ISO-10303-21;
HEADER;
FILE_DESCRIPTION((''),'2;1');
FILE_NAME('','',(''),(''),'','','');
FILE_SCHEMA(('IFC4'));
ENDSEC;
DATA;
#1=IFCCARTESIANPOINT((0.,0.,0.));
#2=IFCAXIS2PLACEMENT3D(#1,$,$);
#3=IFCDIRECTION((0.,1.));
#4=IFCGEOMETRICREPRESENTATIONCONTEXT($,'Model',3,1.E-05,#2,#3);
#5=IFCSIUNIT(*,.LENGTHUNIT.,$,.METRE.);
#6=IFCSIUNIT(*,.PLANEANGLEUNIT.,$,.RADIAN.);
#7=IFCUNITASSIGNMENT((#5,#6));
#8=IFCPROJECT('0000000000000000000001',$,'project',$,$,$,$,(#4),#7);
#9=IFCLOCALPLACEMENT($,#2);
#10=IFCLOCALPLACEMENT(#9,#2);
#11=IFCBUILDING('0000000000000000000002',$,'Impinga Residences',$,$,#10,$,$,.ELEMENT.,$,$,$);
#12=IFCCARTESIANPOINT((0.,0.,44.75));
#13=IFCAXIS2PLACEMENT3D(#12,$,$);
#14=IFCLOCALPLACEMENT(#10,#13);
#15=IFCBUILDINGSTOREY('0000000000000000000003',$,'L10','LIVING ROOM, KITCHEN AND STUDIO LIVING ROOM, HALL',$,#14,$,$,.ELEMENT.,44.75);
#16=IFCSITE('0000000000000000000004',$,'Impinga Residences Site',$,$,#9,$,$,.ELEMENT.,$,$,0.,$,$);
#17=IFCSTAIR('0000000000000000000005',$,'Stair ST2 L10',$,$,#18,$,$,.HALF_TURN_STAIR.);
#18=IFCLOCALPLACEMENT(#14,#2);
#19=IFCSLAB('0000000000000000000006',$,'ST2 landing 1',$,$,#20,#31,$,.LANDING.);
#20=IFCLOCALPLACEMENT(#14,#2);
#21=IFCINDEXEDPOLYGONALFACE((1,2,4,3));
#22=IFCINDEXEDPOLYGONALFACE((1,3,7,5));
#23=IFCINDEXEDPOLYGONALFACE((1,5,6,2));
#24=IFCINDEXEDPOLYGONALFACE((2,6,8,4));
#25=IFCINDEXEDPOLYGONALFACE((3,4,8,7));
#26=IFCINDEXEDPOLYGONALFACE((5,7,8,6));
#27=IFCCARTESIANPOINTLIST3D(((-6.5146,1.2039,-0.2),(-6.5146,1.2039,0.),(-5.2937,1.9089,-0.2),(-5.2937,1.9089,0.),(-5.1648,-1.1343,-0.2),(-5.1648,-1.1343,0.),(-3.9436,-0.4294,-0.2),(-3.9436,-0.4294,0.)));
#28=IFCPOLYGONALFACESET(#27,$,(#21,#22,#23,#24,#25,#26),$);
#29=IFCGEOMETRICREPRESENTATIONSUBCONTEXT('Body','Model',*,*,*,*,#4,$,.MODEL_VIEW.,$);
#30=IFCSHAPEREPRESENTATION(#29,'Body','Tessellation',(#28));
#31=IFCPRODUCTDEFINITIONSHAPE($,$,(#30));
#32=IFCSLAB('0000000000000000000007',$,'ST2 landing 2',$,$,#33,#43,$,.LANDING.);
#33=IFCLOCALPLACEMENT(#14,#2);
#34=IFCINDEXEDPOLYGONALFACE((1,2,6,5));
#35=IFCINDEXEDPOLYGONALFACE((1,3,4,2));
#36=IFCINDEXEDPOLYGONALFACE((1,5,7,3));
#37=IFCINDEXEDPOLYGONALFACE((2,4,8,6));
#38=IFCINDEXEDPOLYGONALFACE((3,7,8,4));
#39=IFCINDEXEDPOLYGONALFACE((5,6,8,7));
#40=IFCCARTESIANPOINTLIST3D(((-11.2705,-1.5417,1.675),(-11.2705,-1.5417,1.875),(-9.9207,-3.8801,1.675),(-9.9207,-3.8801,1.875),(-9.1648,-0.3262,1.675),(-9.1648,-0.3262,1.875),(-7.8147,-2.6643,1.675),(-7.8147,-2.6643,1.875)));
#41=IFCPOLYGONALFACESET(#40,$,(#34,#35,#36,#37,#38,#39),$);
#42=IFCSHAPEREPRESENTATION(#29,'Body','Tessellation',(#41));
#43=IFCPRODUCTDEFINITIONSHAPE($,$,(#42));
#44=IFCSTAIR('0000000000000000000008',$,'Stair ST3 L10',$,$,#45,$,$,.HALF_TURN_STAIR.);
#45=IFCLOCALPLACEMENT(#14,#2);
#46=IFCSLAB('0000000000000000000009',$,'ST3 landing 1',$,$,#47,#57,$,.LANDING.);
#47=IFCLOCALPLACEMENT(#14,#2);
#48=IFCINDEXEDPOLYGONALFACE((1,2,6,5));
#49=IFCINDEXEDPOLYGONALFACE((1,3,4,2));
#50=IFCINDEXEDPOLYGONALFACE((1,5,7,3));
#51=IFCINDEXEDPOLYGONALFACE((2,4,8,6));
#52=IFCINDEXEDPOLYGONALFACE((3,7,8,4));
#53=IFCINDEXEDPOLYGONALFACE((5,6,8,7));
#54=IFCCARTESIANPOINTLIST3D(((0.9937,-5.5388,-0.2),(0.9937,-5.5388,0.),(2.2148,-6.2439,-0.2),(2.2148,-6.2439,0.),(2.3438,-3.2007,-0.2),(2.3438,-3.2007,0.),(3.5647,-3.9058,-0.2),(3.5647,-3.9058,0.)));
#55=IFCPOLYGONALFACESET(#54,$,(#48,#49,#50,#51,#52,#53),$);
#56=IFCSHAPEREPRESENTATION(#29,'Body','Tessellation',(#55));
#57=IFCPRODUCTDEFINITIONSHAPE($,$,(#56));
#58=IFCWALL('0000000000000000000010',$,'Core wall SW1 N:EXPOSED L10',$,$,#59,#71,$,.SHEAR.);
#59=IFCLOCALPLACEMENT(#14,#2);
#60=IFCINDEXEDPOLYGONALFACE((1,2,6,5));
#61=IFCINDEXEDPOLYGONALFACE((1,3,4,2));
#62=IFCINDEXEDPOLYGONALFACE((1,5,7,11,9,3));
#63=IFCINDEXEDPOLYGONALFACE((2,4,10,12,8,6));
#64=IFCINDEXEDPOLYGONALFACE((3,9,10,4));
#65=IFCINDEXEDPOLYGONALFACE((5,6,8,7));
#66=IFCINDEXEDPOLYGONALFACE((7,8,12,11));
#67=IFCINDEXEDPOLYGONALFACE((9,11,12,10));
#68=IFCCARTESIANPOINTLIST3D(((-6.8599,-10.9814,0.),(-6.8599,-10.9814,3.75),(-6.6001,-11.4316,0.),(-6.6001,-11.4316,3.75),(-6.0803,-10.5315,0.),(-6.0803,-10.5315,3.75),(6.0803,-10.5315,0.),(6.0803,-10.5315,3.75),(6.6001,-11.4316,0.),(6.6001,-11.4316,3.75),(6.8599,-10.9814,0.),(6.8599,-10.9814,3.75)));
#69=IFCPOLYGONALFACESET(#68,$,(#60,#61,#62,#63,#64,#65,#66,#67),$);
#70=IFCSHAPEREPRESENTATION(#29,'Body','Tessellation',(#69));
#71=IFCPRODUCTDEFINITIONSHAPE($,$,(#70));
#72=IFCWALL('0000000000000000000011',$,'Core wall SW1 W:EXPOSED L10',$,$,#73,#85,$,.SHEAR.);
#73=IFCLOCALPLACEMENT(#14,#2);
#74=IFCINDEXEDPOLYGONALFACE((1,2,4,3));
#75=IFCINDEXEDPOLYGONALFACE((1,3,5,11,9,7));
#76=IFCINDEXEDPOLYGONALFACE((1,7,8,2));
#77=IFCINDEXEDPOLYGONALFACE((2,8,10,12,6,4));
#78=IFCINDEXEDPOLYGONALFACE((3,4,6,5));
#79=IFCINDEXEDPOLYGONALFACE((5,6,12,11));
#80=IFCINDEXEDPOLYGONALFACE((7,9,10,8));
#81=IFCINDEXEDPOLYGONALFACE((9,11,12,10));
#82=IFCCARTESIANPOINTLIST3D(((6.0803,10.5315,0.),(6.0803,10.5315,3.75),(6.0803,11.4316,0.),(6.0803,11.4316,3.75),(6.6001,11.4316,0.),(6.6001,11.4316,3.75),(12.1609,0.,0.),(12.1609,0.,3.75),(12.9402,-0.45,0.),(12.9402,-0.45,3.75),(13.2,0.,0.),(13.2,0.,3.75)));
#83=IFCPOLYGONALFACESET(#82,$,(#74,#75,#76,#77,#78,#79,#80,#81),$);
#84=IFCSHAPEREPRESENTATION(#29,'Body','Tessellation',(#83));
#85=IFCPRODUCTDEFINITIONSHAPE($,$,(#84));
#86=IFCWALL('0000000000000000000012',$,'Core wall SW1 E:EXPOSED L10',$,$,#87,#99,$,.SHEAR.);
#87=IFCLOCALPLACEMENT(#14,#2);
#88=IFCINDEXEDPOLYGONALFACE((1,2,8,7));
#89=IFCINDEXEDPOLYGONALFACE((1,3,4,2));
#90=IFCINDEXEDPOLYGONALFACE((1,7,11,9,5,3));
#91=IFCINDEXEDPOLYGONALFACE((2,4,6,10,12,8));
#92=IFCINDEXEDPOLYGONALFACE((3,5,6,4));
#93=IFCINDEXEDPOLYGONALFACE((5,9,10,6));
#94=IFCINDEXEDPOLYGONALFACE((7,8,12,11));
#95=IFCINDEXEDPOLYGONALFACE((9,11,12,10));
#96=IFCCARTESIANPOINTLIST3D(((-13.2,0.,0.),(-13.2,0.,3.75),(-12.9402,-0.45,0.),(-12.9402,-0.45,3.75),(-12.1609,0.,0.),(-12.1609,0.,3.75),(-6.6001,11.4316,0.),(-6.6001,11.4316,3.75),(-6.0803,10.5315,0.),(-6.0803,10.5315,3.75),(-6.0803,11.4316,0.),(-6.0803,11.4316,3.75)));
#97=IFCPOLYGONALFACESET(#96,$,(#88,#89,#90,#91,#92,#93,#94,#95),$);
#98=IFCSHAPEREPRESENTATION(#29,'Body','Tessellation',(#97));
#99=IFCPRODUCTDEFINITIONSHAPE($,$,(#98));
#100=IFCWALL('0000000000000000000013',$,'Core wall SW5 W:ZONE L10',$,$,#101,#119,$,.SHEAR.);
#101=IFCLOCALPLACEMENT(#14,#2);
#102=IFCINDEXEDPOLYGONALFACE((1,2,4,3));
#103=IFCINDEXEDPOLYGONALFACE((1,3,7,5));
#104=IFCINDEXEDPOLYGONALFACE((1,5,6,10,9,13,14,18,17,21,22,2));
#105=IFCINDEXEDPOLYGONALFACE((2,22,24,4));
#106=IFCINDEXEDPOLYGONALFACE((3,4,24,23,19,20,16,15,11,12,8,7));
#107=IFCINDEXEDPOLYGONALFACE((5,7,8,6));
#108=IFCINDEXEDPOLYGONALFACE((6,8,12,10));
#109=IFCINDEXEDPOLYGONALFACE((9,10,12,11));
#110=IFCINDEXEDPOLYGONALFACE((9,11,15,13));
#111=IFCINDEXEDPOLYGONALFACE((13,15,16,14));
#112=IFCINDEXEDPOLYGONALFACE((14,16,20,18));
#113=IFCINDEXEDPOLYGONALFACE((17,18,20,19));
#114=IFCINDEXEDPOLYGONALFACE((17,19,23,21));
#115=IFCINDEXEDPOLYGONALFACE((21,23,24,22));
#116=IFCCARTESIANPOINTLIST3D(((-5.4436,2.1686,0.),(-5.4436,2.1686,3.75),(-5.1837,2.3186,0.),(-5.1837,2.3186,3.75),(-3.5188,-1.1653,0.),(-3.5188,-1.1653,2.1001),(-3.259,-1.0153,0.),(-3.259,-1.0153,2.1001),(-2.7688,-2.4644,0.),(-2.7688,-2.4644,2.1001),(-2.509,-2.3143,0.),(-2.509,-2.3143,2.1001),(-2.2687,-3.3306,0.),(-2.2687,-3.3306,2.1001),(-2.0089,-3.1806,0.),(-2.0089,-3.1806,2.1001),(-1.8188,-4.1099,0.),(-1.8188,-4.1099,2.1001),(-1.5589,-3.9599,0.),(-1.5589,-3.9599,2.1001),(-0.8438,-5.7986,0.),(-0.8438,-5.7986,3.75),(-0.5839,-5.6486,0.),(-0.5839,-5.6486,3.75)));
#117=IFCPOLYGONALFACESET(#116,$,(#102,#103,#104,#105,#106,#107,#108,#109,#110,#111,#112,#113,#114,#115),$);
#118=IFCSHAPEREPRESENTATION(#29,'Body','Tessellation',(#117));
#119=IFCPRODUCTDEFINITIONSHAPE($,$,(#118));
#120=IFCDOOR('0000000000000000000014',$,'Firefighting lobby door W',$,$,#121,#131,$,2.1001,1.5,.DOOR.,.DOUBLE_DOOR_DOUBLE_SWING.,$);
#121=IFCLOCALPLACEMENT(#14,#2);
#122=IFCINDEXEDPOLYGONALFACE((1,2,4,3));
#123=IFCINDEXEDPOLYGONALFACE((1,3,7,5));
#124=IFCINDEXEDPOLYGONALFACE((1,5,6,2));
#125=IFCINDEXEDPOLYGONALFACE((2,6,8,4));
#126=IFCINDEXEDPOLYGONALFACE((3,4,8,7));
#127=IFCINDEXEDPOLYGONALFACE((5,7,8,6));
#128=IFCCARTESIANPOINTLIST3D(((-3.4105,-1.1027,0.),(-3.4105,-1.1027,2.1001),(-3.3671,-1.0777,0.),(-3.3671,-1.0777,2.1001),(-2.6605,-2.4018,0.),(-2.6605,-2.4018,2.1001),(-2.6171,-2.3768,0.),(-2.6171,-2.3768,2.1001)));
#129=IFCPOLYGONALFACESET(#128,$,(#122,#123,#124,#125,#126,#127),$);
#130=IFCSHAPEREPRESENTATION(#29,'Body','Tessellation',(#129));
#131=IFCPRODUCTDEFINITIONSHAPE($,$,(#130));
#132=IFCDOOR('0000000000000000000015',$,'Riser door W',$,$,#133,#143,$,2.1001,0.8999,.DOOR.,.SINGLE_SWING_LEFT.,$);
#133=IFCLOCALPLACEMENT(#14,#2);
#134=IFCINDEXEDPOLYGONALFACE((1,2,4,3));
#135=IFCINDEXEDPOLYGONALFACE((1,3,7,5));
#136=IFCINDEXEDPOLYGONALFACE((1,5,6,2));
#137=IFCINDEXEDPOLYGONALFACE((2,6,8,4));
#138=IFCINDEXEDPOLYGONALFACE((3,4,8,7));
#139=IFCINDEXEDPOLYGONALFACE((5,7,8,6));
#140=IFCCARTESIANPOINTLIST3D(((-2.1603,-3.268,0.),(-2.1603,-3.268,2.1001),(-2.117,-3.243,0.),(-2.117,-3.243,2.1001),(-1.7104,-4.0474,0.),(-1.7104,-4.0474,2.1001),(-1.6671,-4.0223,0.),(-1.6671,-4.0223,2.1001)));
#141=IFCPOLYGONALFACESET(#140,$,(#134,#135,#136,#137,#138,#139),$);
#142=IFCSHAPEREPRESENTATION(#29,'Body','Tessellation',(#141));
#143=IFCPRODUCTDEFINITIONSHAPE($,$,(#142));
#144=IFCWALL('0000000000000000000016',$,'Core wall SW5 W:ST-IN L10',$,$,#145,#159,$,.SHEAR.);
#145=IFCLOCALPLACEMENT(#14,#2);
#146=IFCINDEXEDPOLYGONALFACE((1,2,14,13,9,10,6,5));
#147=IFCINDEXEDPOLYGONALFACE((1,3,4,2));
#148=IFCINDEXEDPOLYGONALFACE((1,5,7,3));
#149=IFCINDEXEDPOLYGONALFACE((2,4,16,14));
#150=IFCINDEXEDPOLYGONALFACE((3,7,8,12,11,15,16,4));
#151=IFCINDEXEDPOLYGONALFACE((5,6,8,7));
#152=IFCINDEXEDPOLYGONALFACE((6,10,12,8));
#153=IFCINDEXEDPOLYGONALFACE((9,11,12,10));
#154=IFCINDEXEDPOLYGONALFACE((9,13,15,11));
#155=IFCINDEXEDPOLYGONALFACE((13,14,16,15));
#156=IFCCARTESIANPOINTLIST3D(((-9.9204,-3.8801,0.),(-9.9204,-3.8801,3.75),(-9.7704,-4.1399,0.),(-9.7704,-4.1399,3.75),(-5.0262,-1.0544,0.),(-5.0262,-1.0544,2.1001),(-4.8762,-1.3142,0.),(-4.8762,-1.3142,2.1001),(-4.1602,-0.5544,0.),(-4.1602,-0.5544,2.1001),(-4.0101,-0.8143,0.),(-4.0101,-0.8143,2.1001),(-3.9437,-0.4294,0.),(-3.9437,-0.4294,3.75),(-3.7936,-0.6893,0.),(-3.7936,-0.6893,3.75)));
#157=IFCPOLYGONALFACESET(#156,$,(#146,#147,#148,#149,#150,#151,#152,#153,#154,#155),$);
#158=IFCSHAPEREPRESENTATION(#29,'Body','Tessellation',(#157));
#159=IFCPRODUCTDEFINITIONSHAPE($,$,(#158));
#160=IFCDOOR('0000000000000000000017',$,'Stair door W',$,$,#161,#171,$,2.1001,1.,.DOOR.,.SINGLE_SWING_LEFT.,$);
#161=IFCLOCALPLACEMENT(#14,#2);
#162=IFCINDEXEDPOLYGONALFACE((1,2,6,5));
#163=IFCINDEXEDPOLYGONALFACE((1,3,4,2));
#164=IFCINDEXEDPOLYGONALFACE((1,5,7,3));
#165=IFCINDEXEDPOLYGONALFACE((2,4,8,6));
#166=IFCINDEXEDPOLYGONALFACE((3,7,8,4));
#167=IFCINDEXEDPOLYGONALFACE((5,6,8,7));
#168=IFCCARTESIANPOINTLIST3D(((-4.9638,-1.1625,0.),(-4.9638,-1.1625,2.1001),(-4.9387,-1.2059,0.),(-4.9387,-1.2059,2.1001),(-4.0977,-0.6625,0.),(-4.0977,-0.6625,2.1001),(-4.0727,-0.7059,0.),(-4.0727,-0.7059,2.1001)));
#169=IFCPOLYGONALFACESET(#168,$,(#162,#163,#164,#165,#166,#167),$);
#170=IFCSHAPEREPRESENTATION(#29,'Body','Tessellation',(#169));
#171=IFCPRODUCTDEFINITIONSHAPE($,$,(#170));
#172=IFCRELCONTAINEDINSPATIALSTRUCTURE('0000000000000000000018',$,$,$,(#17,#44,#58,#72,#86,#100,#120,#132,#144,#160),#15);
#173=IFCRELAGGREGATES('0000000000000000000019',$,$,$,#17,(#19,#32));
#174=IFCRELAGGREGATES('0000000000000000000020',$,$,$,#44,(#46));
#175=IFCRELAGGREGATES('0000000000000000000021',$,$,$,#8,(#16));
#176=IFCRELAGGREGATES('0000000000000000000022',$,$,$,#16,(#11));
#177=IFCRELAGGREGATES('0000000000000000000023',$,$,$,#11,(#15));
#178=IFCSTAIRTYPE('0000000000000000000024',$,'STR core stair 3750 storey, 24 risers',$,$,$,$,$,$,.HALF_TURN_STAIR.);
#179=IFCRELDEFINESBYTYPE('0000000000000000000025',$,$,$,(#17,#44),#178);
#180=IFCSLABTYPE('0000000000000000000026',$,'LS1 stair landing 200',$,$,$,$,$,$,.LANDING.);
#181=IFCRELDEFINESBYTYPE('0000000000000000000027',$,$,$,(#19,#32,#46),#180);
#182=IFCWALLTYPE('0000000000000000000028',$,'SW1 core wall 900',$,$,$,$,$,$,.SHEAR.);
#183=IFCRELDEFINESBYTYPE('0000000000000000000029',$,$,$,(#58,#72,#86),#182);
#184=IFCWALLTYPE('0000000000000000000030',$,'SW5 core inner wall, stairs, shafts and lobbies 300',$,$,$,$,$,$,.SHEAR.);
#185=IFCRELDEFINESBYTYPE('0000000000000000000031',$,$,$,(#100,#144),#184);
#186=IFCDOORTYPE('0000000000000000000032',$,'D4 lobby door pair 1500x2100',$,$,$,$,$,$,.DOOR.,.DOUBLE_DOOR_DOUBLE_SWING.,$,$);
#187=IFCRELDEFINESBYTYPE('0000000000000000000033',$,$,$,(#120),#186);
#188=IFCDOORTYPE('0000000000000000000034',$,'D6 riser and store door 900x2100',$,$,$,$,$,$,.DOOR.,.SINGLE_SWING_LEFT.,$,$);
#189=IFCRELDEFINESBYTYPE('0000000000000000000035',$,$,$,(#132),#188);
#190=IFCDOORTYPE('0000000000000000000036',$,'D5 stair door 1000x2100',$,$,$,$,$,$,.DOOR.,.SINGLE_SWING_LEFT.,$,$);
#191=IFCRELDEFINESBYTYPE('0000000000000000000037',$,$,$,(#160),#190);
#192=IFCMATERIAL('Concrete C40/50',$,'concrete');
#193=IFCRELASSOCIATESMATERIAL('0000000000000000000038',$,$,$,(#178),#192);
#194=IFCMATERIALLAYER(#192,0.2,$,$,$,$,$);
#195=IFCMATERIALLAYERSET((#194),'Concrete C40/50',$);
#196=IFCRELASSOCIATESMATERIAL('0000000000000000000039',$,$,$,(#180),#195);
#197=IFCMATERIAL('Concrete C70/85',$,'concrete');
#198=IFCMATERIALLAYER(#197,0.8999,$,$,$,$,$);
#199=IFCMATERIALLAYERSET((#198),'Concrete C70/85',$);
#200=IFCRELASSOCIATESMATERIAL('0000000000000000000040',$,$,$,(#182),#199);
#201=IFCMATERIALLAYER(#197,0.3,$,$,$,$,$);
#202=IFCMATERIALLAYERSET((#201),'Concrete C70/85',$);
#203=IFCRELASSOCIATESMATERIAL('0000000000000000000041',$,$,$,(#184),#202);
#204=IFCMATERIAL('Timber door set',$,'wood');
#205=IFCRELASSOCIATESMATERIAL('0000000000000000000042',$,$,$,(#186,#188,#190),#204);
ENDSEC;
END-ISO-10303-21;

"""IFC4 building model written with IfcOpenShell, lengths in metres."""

from ifc_helpers import new_model, si_unit, direction, frame, frame_2d, origin, place, context, subcontext, project, spatial, polyline, rectangle, outline, extrude, material, layer, layer_set, type_object, element, fill, aggregate, save


model = new_model("IFC4")

# Units and contexts
model_context = context("Model", 3, precision=1e-05, world=origin(), true_north=direction((0.0, 1.0)))
body_context = subcontext(model_context, "Body", "Model", "MODEL_VIEW")
ifc_project = project(units=[si_unit("LENGTHUNIT", "METRE"), si_unit("PLANEANGLEUNIT", "RADIAN")], contexts=[model_context])

# Site, building, storey
site_placement = place(None, origin())
site = spatial("IfcSite", under=ifc_project, at=site_placement, Name="Impinga Residences Site", CompositionType="ELEMENT", RefElevation=0.0)
building_placement = place(site_placement, origin())
building = spatial("IfcBuilding", under=site, at=building_placement, Name="Impinga Residences", CompositionType="ELEMENT")
storey_placement = place(building_placement, frame((0.0, 0.0, 44.75)))
storey = spatial("IfcBuildingStorey", under=building, at=storey_placement, Name="L10", Description="LIVING ROOM, KITCHEN AND STUDIO LIVING ROOM, HALL", CompositionType="ELEMENT", Elevation=44.75)

# Stair, slabs
ifc_material_1 = material(Name="Concrete C40/50", Category="concrete")
stair_type = type_object("IfcStairType", Name="STR core stair 3750 storey, 24 risers", PredefinedType="HALF_TURN_STAIR", material=ifc_material_1)
ifc_layer_1 = layer(ifc_material_1, 0.2)
ifc_layer_set_1 = layer_set([ifc_layer_1], Name="Concrete C40/50")
slab_type_1 = type_object("IfcSlabType", Name="LS1 stair landing 200", PredefinedType="LANDING", material=ifc_layer_set_1)
stair_1_placement = place(storey_placement, origin())
stair_1 = element("IfcStair", 1, at=stair_1_placement, inside=storey, type_object=stair_type, Name="Stair ST2 L10", PredefinedType="HALF_TURN_STAIR")
slab_1_placement = place(storey_placement, frame((0.0, 0.0, -0.2)))
slab_1 = element("IfcSlab", 2, at=slab_1_placement, type_object=slab_type_1, Name="ST2 landing 1", PredefinedType="LANDING", context=body_context, shape_type="SweptSolid", body=[
    extrude(outline(polyline([(-3.9436, -0.4294), (-5.2937, 1.9089), (-6.5146, 1.2039), (-5.1648, -1.1343), (-3.9436, -0.4294)])), origin(), (0.0, 0.0, 1.0), 0.2),
])
slab_2_placement = place(storey_placement, frame((0.0, 0.0, 1.675)))
slab_2 = element("IfcSlab", 3, at=slab_2_placement, type_object=slab_type_1, Name="ST2 landing 2", PredefinedType="LANDING", context=body_context, shape_type="SweptSolid", body=[
    extrude(outline(polyline([(-7.8147, -2.6643), (-9.1648, -0.3262), (-11.2705, -1.5417), (-9.9207, -3.8801), (-7.8147, -2.6643)])), origin(), (0.0, 0.0, 1.0), 0.2),
])
aggregate(stair_1, [slab_1, slab_2])

# Stair, slab
stair_2_placement = place(storey_placement, origin())
stair_2 = element("IfcStair", 4, at=stair_2_placement, inside=storey, type_object=stair_type, Name="Stair ST3 L10", PredefinedType="HALF_TURN_STAIR")
slab_3_placement = place(storey_placement, frame((0.0, 0.0, -0.2)))
slab_3 = element("IfcSlab", 5, at=slab_3_placement, type_object=slab_type_1, Name="ST3 landing 1", PredefinedType="LANDING", context=body_context, shape_type="SweptSolid", body=[
    extrude(outline(polyline([(2.3438, -3.2007), (0.9937, -5.5388), (2.2148, -6.2439), (3.5647, -3.9058), (2.3438, -3.2007)])), origin(), (0.0, 0.0, 1.0), 0.2),
])
aggregate(stair_2, [slab_3])

# Walls
ifc_material_2 = material(Name="Concrete C70/85", Category="concrete")
ifc_layer_2 = layer(ifc_material_2, 0.8999)
ifc_layer_set_2 = layer_set([ifc_layer_2], Name="Concrete C70/85")
wall_type_1 = type_object("IfcWallType", Name="SW1 core wall 900", PredefinedType="SHEAR", material=ifc_layer_set_2)
wall_1_placement = place(storey_placement, origin())
element("IfcWall", 6, at=wall_1_placement, inside=storey, type_object=wall_type_1, Name="Core wall SW1 N:EXPOSED L10", PredefinedType="SHEAR", context=body_context, shape_type="SweptSolid", body=[
    extrude(outline(polyline([(-6.6001, -11.4316), (6.6001, -11.4316), (6.8599, -10.9814), (6.0803, -10.5315), (-6.0803, -10.5315), (-6.8599, -10.9814), (-6.6001, -11.4316)])), origin(), (0.0, 0.0, 1.0), 3.75),
])
wall_2_placement = place(storey_placement, origin())
element("IfcWall", 7, at=wall_2_placement, inside=storey, type_object=wall_type_1, Name="Core wall SW1 W:EXPOSED L10", PredefinedType="SHEAR", context=body_context, shape_type="SweptSolid", body=[
    extrude(outline(polyline([(13.2, 0.0), (6.6001, 11.4316), (6.0803, 11.4316), (6.0803, 10.5315), (12.1609, 0.0), (12.9402, -0.45), (13.2, 0.0)])), origin(), (0.0, 0.0, 1.0), 3.75),
])
wall_3_placement = place(storey_placement, origin())
element("IfcWall", 8, at=wall_3_placement, inside=storey, type_object=wall_type_1, Name="Core wall SW1 E:EXPOSED L10", PredefinedType="SHEAR", context=body_context, shape_type="SweptSolid", body=[
    extrude(outline(polyline([(-6.6001, 11.4316), (-13.2, 0.0), (-12.9402, -0.45), (-12.1609, 0.0), (-6.0803, 10.5315), (-6.0803, 11.4316), (-6.6001, 11.4316)])), origin(), (0.0, 0.0, 1.0), 3.75),
])

# Wall, openings, doors
ifc_layer_3 = layer(ifc_material_2, 0.3)
ifc_layer_set_3 = layer_set([ifc_layer_3], Name="Concrete C70/85")
wall_type_2 = type_object("IfcWallType", Name="SW5 core inner wall, stairs, shafts and lobbies 300", PredefinedType="SHEAR", material=ifc_layer_set_3)
wall_4_placement = place(storey_placement, frame((-0.7139, -5.7236, 0.0), z_axis=(0.0, 0.0, 1.0), x_axis=(-0.499995, 0.866028, 0.0)))
wall_4 = element("IfcWall", 9, at=wall_4_placement, inside=storey, type_object=wall_type_2, Name="Core wall SW5 W:ZONE L10", PredefinedType="SHEAR", context=body_context, shape_type="SweptSolid", body=[
    extrude(rectangle(XDim=9.1997, YDim=0.3, at=frame_2d((4.5999, 0.0))), origin(), (0.0, 0.0, 1.0), 3.75),
])
opening_1_placement = place(wall_4_placement, frame((3.8501, 0.0, 0.0)))
opening_1 = element("IfcOpeningElement", 10, at=opening_1_placement, cuts=wall_4, PredefinedType="OPENING", context=body_context, shape_type="SweptSolid", body=[
    extrude(rectangle(XDim=1.5, YDim=2.1001, at=frame_2d((0.75, 1.05))), frame((0.0, 0.1599, 0.0), z_axis=(0.0, -1.0, 0.0), x_axis=(1.0, 0.0, 0.0)), (0.0, 0.0, 1.0), 0.3201),
])
opening_2_placement = place(wall_4_placement, frame((1.95, 0.0, 0.0)))
opening_2 = element("IfcOpeningElement", 11, at=opening_2_placement, cuts=wall_4, PredefinedType="OPENING", context=body_context, shape_type="SweptSolid", body=[
    extrude(rectangle(XDim=0.8999, YDim=2.1001, at=frame_2d((0.45, 1.05))), frame((0.0, 0.1599, 0.0), z_axis=(0.0, -1.0, 0.0), x_axis=(1.0, 0.0, 0.0)), (0.0, 0.0, 1.0), 0.3201),
])
ifc_material_3 = material(Name="Timber door set", Category="wood")
door_type_1 = type_object("IfcDoorType", Name="D4 lobby door pair 1500x2100", OperationType="DOUBLE_DOOR_DOUBLE_SWING", PredefinedType="DOOR", material=ifc_material_3)
door_1_placement = place(opening_1_placement, origin())
door_1 = element("IfcDoor", 12, at=door_1_placement, inside=storey, type_object=door_type_1, Name="Firefighting lobby door W", OperationType="DOUBLE_DOOR_DOUBLE_SWING", OverallHeight=2.1001, OverallWidth=1.5, PredefinedType="DOOR", context=body_context, shape_type="SweptSolid", body=[
    extrude(rectangle(XDim=1.5, YDim=2.1001, at=frame_2d((0.75, 1.05))), frame((0.0, 0.0249, 0.0), z_axis=(0.0, -1.0, 0.0), x_axis=(1.0, 0.0, 0.0)), (0.0, 0.0, 1.0), 0.05),
])
fill(opening_1, door_1)
door_type_2 = type_object("IfcDoorType", Name="D6 riser and store door 900x2100", OperationType="SINGLE_SWING_LEFT", PredefinedType="DOOR", material=ifc_material_3)
door_2_placement = place(opening_2_placement, origin())
door_2 = element("IfcDoor", 13, at=door_2_placement, inside=storey, type_object=door_type_2, Name="Riser door W", OperationType="SINGLE_SWING_LEFT", OverallHeight=2.1001, OverallWidth=0.8999, PredefinedType="DOOR", context=body_context, shape_type="SweptSolid", body=[
    extrude(rectangle(XDim=0.8999, YDim=2.1001, at=frame_2d((0.45, 1.05))), frame((0.0, 0.0249, 0.0), z_axis=(0.0, -1.0, 0.0), x_axis=(1.0, 0.0, 0.0)), (0.0, 0.0, 1.0), 0.05),
])
fill(opening_2, door_2)

# Wall, opening, door
wall_5_placement = place(storey_placement, frame((-3.8687, -0.5593, 0.0), z_axis=(0.0, 0.0, 1.0), x_axis=(-0.866027, -0.499997, 0.0)))
wall_5 = element("IfcWall", 14, at=wall_5_placement, inside=storey, type_object=wall_type_2, Name="Core wall SW5 W:ST-IN L10", PredefinedType="SHEAR", context=body_context, shape_type="SweptSolid", body=[
    extrude(rectangle(XDim=6.9014, YDim=0.3, at=frame_2d((3.4507, 0.0))), origin(), (0.0, 0.0, 1.0), 3.75),
])
opening_3_placement = place(wall_5_placement, frame((0.25, 0.0, 0.0)))
opening_3 = element("IfcOpeningElement", 15, at=opening_3_placement, cuts=wall_5, PredefinedType="OPENING", context=body_context, shape_type="SweptSolid", body=[
    extrude(rectangle(XDim=1.0, YDim=2.1001, at=frame_2d((0.5, 1.05))), frame((0.0, 0.1599, 0.0), z_axis=(0.0, -1.0, 0.0), x_axis=(1.0, 0.0, 0.0)), (0.0, 0.0, 1.0), 0.3201),
])
door_type_3 = type_object("IfcDoorType", Name="D5 stair door 1000x2100", OperationType="SINGLE_SWING_LEFT", PredefinedType="DOOR", material=ifc_material_3)
door_3_placement = place(opening_3_placement, origin())
door_3 = element("IfcDoor", 16, at=door_3_placement, inside=storey, type_object=door_type_3, Name="Stair door W", OperationType="SINGLE_SWING_LEFT", OverallHeight=2.1001, OverallWidth=1.0, PredefinedType="DOOR", context=body_context, shape_type="SweptSolid", body=[
    extrude(rectangle(XDim=1.0, YDim=2.1001, at=frame_2d((0.5, 1.05))), frame((0.0, 0.0249, 0.0), z_axis=(0.0, -1.0, 0.0), x_axis=(1.0, 0.0, 0.0)), (0.0, 0.0, 1.0), 0.05),
])
fill(opening_3, door_3)

save(model, "model.ifc")
